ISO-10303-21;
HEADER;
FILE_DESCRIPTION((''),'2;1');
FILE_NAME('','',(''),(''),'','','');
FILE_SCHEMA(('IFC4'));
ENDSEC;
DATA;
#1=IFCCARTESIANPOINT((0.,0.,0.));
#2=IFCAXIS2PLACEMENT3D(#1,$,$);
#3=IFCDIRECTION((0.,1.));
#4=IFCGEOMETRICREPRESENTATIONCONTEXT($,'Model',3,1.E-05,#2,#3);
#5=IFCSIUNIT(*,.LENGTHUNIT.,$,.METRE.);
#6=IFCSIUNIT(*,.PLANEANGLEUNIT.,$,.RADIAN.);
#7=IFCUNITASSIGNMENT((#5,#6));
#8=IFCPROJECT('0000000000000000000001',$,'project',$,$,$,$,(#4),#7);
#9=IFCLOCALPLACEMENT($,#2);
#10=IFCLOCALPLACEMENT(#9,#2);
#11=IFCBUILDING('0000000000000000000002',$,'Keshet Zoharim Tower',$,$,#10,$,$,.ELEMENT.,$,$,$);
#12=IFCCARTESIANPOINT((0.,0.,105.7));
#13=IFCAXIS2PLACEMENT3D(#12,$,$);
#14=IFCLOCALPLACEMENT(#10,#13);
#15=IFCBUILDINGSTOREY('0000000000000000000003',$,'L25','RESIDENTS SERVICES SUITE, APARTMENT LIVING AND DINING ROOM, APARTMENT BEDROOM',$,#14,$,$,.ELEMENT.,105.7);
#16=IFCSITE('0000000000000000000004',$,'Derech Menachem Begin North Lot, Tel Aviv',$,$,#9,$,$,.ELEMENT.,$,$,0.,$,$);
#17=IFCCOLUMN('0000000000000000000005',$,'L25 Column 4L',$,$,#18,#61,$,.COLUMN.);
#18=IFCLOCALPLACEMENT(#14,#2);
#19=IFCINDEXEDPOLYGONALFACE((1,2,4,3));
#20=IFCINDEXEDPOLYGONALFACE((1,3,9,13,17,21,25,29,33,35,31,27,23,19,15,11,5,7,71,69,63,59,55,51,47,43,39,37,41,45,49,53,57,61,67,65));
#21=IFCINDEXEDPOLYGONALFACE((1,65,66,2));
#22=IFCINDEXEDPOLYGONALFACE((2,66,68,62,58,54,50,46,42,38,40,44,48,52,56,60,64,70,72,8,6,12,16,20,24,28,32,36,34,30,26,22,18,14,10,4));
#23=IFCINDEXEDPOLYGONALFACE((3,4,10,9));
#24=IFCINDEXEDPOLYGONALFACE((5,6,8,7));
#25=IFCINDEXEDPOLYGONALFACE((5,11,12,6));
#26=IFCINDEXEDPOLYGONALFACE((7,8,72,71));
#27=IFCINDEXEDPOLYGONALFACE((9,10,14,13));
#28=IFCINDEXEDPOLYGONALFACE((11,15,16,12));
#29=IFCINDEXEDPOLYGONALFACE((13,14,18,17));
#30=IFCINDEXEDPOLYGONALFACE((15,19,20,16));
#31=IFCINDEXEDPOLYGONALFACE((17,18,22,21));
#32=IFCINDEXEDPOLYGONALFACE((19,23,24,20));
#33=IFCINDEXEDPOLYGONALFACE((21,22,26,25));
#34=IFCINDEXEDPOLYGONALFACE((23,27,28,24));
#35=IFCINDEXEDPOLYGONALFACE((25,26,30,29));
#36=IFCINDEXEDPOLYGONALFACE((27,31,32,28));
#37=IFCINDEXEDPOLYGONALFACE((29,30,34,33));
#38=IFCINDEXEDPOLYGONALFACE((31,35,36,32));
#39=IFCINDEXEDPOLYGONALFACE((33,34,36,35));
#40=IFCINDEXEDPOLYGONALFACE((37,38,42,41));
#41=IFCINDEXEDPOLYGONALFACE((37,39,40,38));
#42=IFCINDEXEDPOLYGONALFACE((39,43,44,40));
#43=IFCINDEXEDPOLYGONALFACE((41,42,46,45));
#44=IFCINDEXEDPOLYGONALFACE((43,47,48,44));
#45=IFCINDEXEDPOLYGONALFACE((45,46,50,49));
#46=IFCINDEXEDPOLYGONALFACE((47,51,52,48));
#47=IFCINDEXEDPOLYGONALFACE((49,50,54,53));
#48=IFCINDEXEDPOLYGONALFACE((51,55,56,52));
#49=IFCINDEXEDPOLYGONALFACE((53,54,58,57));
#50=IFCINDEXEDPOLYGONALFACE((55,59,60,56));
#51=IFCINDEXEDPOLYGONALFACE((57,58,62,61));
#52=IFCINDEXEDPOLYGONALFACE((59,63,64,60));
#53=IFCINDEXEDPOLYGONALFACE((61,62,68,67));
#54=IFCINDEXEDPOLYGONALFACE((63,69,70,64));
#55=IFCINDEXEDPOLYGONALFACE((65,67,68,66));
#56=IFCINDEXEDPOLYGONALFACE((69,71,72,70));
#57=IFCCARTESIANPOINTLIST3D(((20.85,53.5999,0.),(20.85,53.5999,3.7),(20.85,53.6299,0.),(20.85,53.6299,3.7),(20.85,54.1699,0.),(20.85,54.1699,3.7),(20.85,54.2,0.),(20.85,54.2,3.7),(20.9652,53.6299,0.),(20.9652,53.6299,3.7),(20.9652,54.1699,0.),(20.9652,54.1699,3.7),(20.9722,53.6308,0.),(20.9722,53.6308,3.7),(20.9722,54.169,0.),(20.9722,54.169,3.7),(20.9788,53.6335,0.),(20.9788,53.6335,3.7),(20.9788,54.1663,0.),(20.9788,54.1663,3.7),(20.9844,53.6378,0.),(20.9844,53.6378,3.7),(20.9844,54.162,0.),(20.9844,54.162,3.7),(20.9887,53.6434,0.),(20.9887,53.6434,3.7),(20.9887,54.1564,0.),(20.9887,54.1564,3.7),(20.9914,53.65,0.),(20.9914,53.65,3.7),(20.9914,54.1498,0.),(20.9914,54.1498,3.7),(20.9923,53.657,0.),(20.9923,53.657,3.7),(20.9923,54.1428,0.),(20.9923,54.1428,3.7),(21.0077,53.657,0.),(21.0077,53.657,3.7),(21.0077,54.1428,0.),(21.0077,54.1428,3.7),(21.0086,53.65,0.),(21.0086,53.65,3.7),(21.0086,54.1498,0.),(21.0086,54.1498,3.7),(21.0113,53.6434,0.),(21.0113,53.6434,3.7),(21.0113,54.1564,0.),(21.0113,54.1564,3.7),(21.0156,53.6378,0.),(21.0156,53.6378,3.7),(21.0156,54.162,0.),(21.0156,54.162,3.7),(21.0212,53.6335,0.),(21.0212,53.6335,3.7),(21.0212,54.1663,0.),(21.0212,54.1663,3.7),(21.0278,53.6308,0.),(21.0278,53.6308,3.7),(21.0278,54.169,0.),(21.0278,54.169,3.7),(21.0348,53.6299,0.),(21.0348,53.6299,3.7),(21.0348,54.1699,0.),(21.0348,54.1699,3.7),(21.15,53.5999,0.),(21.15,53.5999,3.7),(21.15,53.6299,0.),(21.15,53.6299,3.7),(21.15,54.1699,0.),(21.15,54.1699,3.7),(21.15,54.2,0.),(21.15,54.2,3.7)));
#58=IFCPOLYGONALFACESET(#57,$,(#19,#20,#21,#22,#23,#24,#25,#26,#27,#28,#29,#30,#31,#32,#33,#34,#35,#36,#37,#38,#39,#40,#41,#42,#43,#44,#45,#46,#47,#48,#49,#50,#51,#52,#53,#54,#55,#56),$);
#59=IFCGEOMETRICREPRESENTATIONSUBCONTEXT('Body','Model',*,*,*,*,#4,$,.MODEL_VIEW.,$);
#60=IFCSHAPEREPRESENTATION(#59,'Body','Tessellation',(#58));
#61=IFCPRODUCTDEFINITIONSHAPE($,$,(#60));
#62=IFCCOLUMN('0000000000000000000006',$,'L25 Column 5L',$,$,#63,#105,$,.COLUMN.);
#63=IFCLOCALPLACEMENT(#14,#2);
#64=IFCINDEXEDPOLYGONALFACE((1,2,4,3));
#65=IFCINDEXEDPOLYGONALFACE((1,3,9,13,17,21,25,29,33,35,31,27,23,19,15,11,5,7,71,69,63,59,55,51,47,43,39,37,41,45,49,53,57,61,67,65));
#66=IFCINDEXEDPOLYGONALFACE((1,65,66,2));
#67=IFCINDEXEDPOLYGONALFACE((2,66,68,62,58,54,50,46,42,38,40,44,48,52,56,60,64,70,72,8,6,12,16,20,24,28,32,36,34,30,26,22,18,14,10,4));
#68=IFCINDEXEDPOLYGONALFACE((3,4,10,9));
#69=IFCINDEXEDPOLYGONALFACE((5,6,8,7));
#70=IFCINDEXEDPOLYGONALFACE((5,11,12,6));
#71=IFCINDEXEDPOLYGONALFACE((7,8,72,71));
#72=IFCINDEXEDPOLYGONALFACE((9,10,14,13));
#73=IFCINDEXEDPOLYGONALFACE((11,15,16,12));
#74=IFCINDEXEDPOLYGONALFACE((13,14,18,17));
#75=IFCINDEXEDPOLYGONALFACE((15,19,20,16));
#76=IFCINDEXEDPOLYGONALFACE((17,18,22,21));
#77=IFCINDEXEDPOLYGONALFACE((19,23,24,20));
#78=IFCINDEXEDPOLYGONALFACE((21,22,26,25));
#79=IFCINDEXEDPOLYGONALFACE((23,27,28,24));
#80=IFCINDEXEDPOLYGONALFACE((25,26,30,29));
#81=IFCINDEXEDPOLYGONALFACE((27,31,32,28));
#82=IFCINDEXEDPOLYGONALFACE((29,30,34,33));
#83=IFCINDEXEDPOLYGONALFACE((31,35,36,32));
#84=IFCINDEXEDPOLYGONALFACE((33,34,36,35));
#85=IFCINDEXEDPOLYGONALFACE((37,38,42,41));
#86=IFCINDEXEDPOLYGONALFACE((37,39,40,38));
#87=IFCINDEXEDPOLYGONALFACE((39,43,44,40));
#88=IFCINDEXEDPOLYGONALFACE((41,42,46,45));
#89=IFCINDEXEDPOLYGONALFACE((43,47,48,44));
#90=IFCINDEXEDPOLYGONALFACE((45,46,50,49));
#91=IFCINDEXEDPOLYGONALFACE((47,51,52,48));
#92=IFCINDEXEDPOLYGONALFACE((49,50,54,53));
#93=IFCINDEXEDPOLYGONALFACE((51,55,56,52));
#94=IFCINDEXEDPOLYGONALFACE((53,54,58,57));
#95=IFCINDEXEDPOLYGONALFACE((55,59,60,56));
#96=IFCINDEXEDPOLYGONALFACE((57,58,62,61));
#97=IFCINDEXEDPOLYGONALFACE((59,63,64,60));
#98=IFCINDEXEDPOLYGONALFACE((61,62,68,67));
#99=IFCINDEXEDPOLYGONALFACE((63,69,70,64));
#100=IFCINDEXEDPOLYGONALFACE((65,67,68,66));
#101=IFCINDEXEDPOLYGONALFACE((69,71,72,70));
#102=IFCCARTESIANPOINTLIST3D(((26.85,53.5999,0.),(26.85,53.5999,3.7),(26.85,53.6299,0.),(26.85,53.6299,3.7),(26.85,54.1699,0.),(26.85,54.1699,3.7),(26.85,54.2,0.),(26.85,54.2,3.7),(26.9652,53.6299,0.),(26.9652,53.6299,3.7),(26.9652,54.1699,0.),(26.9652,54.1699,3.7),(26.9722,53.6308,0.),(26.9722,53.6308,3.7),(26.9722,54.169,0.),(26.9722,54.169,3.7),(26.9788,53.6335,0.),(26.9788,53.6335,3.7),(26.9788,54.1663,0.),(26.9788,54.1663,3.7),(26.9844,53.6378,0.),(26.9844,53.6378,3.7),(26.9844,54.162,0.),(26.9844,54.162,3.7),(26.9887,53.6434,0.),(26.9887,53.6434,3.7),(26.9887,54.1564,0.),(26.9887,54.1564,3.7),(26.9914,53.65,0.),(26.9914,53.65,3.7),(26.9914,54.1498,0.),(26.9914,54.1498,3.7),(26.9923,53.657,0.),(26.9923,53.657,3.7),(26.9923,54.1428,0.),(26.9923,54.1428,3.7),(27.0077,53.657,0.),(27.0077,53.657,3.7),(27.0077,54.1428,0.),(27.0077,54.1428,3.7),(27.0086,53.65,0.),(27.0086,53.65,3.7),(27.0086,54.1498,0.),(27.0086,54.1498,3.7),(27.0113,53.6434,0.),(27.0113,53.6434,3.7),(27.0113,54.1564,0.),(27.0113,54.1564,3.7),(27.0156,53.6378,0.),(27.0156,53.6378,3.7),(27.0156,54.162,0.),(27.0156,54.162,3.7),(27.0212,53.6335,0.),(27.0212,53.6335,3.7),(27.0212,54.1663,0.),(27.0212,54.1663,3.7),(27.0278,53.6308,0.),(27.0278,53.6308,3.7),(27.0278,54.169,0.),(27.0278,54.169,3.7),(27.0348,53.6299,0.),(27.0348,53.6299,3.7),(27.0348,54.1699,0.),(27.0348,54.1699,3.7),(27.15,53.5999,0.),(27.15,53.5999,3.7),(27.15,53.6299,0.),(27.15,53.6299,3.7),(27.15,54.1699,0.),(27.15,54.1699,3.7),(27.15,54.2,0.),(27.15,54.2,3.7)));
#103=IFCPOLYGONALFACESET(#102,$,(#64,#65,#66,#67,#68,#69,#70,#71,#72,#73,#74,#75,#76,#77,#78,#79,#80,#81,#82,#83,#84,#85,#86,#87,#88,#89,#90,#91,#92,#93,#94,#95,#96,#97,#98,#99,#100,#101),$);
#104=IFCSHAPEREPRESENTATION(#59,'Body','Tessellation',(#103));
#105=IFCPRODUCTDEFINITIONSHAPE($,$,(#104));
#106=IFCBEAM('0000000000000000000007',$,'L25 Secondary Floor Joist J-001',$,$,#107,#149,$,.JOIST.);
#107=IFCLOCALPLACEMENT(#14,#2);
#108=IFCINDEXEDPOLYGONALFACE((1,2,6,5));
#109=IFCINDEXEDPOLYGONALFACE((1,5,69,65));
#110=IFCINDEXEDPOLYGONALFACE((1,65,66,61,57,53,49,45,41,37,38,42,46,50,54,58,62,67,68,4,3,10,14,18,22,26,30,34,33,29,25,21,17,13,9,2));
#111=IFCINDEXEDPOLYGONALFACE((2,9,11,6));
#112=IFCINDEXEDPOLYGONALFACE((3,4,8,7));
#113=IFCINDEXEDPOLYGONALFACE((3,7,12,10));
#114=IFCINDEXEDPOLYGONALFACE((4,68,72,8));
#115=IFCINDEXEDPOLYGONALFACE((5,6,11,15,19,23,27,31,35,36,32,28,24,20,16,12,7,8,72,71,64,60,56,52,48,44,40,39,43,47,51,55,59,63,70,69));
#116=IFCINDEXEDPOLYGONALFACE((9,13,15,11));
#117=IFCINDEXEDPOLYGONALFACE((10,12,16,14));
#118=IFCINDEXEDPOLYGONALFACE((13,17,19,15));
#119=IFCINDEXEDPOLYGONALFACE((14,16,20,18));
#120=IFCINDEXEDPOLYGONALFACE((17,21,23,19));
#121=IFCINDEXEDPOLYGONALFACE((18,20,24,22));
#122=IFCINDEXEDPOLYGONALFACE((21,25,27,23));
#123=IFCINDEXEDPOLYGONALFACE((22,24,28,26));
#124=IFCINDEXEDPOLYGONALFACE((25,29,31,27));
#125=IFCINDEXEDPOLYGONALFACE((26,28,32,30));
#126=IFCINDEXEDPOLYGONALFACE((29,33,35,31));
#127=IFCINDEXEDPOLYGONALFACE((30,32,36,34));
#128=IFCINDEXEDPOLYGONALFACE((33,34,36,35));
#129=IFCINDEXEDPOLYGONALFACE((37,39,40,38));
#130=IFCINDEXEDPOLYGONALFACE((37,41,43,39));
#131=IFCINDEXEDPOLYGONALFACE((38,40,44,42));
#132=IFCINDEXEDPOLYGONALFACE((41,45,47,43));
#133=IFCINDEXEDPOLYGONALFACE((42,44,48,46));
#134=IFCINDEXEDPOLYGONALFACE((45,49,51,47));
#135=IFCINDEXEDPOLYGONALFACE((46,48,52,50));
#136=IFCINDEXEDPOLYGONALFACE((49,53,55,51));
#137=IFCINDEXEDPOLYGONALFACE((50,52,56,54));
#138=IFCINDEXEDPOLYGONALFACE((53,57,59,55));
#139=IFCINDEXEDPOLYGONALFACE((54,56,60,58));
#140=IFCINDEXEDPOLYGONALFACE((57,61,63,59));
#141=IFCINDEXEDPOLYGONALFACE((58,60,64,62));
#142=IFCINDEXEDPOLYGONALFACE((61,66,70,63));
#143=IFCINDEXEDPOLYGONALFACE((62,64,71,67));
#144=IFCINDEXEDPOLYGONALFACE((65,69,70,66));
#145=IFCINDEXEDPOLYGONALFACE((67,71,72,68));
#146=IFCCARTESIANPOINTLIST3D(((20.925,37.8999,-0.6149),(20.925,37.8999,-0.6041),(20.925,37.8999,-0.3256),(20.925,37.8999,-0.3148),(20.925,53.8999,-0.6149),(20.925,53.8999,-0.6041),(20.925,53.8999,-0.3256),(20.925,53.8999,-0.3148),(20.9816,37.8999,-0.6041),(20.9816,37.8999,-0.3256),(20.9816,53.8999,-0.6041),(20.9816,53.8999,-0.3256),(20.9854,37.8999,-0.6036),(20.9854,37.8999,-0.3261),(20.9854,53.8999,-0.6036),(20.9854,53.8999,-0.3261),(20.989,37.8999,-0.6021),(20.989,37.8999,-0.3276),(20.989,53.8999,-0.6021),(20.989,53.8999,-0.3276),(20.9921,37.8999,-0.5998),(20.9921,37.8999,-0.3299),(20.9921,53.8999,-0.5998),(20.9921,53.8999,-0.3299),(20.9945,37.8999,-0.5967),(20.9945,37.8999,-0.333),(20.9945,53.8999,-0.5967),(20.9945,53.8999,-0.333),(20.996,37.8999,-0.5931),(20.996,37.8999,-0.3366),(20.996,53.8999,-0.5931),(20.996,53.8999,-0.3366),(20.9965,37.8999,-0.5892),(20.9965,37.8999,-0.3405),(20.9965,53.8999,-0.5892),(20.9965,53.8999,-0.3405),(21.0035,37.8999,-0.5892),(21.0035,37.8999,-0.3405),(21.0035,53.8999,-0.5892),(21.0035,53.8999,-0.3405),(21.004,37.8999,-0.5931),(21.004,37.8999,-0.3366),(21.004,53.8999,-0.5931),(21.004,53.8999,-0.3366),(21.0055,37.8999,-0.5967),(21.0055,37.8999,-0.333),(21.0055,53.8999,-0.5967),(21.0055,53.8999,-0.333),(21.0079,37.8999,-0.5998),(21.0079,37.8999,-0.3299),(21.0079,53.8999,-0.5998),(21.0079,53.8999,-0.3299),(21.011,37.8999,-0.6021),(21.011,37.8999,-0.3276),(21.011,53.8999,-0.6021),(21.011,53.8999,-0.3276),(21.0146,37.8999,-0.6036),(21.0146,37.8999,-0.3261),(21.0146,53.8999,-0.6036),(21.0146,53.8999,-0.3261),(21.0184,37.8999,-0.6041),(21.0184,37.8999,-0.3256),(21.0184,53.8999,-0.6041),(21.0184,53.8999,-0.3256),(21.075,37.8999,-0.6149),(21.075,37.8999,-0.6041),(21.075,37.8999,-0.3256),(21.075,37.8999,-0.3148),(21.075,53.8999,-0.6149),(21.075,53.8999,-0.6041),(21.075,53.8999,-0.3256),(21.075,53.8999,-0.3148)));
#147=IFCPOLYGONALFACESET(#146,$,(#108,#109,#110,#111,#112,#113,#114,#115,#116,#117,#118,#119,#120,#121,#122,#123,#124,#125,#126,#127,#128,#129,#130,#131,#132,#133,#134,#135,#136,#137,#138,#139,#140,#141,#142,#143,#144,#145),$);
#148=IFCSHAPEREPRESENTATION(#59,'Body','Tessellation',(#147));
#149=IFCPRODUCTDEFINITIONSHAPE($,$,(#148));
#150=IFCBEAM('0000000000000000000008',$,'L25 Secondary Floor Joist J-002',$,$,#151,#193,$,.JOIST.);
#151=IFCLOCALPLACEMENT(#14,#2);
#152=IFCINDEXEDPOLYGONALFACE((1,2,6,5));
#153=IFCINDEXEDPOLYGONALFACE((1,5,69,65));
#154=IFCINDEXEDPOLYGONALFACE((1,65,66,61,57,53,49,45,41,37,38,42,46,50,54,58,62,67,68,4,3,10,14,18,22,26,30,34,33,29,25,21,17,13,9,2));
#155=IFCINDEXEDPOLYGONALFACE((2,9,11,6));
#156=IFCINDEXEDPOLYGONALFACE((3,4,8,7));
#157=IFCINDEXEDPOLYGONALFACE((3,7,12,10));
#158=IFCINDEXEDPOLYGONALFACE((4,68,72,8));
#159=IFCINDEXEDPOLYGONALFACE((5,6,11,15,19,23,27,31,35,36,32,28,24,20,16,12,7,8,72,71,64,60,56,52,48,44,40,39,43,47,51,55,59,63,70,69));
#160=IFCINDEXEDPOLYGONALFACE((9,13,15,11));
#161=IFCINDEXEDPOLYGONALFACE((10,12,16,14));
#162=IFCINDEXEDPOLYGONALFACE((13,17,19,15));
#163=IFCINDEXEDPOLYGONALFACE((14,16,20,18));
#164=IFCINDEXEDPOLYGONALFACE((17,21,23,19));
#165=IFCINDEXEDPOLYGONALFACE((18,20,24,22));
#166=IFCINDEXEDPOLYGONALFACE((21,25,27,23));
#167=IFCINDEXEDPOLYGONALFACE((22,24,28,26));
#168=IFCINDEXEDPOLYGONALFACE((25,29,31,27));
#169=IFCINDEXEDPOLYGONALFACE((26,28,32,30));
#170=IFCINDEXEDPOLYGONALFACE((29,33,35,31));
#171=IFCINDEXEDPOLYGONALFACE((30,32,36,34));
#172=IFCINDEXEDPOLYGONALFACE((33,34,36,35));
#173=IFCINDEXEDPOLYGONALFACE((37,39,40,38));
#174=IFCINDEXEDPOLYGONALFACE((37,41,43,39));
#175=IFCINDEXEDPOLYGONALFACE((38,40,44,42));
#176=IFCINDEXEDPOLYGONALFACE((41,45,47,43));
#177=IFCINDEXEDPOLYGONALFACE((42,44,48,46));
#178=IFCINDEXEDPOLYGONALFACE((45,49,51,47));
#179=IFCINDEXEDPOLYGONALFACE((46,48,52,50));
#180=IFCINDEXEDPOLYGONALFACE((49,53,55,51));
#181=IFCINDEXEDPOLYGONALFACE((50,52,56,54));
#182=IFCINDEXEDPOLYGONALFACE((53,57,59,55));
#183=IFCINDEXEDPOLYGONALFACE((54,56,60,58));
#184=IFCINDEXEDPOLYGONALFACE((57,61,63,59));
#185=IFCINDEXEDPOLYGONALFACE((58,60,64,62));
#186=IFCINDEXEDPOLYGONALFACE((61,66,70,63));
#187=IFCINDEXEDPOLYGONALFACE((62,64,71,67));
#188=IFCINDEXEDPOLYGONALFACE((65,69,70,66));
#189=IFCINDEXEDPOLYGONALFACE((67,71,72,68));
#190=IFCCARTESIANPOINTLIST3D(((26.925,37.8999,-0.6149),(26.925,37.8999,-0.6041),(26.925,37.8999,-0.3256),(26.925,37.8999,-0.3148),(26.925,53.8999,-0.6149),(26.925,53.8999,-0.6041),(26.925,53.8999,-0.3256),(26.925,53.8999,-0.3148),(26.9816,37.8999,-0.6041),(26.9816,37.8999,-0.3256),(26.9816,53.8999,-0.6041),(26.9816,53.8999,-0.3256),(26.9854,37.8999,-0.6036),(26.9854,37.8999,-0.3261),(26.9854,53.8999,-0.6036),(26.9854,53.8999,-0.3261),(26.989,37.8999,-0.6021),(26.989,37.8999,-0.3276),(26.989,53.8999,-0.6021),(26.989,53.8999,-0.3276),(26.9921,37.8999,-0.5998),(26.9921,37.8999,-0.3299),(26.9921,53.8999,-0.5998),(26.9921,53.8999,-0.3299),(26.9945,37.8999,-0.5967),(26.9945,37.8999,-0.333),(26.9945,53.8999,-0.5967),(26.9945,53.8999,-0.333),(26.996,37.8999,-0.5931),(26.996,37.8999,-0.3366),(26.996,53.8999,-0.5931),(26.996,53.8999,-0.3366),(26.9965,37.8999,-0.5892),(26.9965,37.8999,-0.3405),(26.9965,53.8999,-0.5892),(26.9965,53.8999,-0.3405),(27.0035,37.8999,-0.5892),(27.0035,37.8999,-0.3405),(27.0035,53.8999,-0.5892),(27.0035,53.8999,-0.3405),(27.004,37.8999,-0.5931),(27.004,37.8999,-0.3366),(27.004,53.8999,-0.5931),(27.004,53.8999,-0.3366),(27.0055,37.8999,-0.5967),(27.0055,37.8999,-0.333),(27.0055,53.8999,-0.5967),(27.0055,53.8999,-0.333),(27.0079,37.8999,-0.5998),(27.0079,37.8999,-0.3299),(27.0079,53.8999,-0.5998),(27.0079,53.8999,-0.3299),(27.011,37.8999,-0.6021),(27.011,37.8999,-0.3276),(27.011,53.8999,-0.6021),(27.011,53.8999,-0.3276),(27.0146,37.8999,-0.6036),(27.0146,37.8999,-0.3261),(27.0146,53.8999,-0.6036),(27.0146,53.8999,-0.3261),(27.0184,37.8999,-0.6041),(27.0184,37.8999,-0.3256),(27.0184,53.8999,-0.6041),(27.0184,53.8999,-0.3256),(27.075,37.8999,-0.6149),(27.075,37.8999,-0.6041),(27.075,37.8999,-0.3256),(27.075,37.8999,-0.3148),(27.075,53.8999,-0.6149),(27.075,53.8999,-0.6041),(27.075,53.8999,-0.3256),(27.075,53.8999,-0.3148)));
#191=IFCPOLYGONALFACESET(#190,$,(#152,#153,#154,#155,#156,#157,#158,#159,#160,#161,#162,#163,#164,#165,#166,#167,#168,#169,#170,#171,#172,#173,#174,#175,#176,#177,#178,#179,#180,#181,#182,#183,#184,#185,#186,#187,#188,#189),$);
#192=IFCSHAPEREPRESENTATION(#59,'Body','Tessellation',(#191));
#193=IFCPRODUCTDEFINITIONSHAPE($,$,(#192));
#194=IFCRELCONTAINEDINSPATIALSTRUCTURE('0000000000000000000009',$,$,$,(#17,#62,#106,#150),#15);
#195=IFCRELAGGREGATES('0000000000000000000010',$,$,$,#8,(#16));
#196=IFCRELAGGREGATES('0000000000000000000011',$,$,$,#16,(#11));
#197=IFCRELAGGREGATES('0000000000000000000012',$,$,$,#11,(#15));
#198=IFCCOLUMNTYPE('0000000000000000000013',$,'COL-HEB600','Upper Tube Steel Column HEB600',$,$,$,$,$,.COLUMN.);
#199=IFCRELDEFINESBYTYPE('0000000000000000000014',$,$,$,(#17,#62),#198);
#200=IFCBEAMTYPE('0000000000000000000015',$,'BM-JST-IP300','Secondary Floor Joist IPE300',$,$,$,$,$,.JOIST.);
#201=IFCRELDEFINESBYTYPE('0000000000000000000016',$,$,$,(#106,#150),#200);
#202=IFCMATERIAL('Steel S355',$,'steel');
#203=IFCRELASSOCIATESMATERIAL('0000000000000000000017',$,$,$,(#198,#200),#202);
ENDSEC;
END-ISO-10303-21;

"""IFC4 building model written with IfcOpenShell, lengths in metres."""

from ifc_helpers import new_model, si_unit, direction, frame, origin, origin_2d, place, context, subcontext, project, spatial, i_section, extrude, material, material_profile, profile_set, type_object, element, save


model = new_model("IFC4")

# Units and contexts
model_context = context("Model", 3, precision=1e-05, world=origin(), true_north=direction((0.0, 1.0)))
body_context = subcontext(model_context, "Body", "Model", "MODEL_VIEW")
ifc_project = project(units=[si_unit("LENGTHUNIT", "METRE"), si_unit("PLANEANGLEUNIT", "RADIAN")], contexts=[model_context])

# Site, building, storey
site_placement = place(None, origin())
site = spatial("IfcSite", under=ifc_project, at=site_placement, Name="Derech Menachem Begin North Lot, Tel Aviv", CompositionType="ELEMENT", RefElevation=0.0)
building_placement = place(site_placement, origin())
building = spatial("IfcBuilding", under=site, at=building_placement, Name="Keshet Zoharim Tower", CompositionType="ELEMENT")
storey_placement = place(building_placement, frame((0.0, 0.0, 105.7)))
storey = spatial("IfcBuildingStorey", under=building, at=storey_placement, Name="L25", Description="RESIDENTS SERVICES SUITE, APARTMENT LIVING AND DINING ROOM, APARTMENT BEDROOM", CompositionType="ELEMENT", Elevation=105.7)

# Columns
ifc_material_1 = material(Name="Steel S355", Category="steel")
ifc_material_profile_1 = material_profile(ifc_material_1, i_section(OverallWidth=0.3, OverallDepth=0.6001, WebThickness=0.0154, FlangeThickness=0.03, FilletRadius=0.0271, at=origin_2d()), Name="HEB600")
ifc_profile_set_1 = profile_set([ifc_material_profile_1], Name="Steel S355")
column_type = type_object("IfcColumnType", Name="COL-HEB600", Description="Upper Tube Steel Column HEB600", PredefinedType="COLUMN", material=ifc_profile_set_1)
for number, where, z_axis, x_axis, name in (
    (1, (21.0, 53.8999, 0.0), (0.0, 0.0, 1.0), (1.0, 0.0, 0.0), "L25 Column 4L"),
    (2, (27.0, 53.8999, 0.0), (0.0, 0.0, 1.0), (1.0, 0.0, 0.0), "L25 Column 5L"),
):
    element("IfcColumn", number, at=place(storey_placement, frame(where, z_axis=z_axis, x_axis=x_axis)), inside=storey, type_object=column_type, Name=name, PredefinedType="COLUMN", context=body_context, shape_type="SweptSolid", body=[
        extrude(i_section(OverallWidth=0.3, OverallDepth=0.6001, WebThickness=0.0154, FlangeThickness=0.03, FilletRadius=0.0271, at=origin_2d()), origin(), (0.0, 0.0, 1.0), 3.7),
    ])

# Beams
ifc_material_profile_2 = material_profile(ifc_material_1, i_section(OverallWidth=0.1499, OverallDepth=0.3, WebThickness=0.0071, FlangeThickness=0.0107, FilletRadius=0.0149, at=origin_2d()), Name="IPE300")
ifc_profile_set_2 = profile_set([ifc_material_profile_2], Name="Steel S355")
beam_type_1 = type_object("IfcBeamType", Name="BM-JST-IP300", Description="Secondary Floor Joist IPE300", PredefinedType="JOIST", material=ifc_profile_set_2)
for number, where, z_axis, x_axis, name in (
    (3, (21.0, 37.8999, -0.4648), (0.0, 1.0, 0.0), (-1.0, 0.0, 0.0), "L25 Secondary Floor Joist J-001"),
    (4, (27.0, 37.8999, -0.4648), (0.0, 1.0, 0.0), (-1.0, 0.0, 0.0), "L25 Secondary Floor Joist J-002"),
):
    element("IfcBeam", number, at=place(storey_placement, frame(where, z_axis=z_axis, x_axis=x_axis)), inside=storey, type_object=beam_type_1, Name=name, PredefinedType="JOIST", context=body_context, shape_type="SweptSolid", body=[
        extrude(i_section(OverallWidth=0.1499, OverallDepth=0.3, WebThickness=0.0071, FlangeThickness=0.0107, FilletRadius=0.0149, at=origin_2d()), origin(), (0.0, 0.0, 1.0), 16.0),
    ])

save(model, "model.ifc")
